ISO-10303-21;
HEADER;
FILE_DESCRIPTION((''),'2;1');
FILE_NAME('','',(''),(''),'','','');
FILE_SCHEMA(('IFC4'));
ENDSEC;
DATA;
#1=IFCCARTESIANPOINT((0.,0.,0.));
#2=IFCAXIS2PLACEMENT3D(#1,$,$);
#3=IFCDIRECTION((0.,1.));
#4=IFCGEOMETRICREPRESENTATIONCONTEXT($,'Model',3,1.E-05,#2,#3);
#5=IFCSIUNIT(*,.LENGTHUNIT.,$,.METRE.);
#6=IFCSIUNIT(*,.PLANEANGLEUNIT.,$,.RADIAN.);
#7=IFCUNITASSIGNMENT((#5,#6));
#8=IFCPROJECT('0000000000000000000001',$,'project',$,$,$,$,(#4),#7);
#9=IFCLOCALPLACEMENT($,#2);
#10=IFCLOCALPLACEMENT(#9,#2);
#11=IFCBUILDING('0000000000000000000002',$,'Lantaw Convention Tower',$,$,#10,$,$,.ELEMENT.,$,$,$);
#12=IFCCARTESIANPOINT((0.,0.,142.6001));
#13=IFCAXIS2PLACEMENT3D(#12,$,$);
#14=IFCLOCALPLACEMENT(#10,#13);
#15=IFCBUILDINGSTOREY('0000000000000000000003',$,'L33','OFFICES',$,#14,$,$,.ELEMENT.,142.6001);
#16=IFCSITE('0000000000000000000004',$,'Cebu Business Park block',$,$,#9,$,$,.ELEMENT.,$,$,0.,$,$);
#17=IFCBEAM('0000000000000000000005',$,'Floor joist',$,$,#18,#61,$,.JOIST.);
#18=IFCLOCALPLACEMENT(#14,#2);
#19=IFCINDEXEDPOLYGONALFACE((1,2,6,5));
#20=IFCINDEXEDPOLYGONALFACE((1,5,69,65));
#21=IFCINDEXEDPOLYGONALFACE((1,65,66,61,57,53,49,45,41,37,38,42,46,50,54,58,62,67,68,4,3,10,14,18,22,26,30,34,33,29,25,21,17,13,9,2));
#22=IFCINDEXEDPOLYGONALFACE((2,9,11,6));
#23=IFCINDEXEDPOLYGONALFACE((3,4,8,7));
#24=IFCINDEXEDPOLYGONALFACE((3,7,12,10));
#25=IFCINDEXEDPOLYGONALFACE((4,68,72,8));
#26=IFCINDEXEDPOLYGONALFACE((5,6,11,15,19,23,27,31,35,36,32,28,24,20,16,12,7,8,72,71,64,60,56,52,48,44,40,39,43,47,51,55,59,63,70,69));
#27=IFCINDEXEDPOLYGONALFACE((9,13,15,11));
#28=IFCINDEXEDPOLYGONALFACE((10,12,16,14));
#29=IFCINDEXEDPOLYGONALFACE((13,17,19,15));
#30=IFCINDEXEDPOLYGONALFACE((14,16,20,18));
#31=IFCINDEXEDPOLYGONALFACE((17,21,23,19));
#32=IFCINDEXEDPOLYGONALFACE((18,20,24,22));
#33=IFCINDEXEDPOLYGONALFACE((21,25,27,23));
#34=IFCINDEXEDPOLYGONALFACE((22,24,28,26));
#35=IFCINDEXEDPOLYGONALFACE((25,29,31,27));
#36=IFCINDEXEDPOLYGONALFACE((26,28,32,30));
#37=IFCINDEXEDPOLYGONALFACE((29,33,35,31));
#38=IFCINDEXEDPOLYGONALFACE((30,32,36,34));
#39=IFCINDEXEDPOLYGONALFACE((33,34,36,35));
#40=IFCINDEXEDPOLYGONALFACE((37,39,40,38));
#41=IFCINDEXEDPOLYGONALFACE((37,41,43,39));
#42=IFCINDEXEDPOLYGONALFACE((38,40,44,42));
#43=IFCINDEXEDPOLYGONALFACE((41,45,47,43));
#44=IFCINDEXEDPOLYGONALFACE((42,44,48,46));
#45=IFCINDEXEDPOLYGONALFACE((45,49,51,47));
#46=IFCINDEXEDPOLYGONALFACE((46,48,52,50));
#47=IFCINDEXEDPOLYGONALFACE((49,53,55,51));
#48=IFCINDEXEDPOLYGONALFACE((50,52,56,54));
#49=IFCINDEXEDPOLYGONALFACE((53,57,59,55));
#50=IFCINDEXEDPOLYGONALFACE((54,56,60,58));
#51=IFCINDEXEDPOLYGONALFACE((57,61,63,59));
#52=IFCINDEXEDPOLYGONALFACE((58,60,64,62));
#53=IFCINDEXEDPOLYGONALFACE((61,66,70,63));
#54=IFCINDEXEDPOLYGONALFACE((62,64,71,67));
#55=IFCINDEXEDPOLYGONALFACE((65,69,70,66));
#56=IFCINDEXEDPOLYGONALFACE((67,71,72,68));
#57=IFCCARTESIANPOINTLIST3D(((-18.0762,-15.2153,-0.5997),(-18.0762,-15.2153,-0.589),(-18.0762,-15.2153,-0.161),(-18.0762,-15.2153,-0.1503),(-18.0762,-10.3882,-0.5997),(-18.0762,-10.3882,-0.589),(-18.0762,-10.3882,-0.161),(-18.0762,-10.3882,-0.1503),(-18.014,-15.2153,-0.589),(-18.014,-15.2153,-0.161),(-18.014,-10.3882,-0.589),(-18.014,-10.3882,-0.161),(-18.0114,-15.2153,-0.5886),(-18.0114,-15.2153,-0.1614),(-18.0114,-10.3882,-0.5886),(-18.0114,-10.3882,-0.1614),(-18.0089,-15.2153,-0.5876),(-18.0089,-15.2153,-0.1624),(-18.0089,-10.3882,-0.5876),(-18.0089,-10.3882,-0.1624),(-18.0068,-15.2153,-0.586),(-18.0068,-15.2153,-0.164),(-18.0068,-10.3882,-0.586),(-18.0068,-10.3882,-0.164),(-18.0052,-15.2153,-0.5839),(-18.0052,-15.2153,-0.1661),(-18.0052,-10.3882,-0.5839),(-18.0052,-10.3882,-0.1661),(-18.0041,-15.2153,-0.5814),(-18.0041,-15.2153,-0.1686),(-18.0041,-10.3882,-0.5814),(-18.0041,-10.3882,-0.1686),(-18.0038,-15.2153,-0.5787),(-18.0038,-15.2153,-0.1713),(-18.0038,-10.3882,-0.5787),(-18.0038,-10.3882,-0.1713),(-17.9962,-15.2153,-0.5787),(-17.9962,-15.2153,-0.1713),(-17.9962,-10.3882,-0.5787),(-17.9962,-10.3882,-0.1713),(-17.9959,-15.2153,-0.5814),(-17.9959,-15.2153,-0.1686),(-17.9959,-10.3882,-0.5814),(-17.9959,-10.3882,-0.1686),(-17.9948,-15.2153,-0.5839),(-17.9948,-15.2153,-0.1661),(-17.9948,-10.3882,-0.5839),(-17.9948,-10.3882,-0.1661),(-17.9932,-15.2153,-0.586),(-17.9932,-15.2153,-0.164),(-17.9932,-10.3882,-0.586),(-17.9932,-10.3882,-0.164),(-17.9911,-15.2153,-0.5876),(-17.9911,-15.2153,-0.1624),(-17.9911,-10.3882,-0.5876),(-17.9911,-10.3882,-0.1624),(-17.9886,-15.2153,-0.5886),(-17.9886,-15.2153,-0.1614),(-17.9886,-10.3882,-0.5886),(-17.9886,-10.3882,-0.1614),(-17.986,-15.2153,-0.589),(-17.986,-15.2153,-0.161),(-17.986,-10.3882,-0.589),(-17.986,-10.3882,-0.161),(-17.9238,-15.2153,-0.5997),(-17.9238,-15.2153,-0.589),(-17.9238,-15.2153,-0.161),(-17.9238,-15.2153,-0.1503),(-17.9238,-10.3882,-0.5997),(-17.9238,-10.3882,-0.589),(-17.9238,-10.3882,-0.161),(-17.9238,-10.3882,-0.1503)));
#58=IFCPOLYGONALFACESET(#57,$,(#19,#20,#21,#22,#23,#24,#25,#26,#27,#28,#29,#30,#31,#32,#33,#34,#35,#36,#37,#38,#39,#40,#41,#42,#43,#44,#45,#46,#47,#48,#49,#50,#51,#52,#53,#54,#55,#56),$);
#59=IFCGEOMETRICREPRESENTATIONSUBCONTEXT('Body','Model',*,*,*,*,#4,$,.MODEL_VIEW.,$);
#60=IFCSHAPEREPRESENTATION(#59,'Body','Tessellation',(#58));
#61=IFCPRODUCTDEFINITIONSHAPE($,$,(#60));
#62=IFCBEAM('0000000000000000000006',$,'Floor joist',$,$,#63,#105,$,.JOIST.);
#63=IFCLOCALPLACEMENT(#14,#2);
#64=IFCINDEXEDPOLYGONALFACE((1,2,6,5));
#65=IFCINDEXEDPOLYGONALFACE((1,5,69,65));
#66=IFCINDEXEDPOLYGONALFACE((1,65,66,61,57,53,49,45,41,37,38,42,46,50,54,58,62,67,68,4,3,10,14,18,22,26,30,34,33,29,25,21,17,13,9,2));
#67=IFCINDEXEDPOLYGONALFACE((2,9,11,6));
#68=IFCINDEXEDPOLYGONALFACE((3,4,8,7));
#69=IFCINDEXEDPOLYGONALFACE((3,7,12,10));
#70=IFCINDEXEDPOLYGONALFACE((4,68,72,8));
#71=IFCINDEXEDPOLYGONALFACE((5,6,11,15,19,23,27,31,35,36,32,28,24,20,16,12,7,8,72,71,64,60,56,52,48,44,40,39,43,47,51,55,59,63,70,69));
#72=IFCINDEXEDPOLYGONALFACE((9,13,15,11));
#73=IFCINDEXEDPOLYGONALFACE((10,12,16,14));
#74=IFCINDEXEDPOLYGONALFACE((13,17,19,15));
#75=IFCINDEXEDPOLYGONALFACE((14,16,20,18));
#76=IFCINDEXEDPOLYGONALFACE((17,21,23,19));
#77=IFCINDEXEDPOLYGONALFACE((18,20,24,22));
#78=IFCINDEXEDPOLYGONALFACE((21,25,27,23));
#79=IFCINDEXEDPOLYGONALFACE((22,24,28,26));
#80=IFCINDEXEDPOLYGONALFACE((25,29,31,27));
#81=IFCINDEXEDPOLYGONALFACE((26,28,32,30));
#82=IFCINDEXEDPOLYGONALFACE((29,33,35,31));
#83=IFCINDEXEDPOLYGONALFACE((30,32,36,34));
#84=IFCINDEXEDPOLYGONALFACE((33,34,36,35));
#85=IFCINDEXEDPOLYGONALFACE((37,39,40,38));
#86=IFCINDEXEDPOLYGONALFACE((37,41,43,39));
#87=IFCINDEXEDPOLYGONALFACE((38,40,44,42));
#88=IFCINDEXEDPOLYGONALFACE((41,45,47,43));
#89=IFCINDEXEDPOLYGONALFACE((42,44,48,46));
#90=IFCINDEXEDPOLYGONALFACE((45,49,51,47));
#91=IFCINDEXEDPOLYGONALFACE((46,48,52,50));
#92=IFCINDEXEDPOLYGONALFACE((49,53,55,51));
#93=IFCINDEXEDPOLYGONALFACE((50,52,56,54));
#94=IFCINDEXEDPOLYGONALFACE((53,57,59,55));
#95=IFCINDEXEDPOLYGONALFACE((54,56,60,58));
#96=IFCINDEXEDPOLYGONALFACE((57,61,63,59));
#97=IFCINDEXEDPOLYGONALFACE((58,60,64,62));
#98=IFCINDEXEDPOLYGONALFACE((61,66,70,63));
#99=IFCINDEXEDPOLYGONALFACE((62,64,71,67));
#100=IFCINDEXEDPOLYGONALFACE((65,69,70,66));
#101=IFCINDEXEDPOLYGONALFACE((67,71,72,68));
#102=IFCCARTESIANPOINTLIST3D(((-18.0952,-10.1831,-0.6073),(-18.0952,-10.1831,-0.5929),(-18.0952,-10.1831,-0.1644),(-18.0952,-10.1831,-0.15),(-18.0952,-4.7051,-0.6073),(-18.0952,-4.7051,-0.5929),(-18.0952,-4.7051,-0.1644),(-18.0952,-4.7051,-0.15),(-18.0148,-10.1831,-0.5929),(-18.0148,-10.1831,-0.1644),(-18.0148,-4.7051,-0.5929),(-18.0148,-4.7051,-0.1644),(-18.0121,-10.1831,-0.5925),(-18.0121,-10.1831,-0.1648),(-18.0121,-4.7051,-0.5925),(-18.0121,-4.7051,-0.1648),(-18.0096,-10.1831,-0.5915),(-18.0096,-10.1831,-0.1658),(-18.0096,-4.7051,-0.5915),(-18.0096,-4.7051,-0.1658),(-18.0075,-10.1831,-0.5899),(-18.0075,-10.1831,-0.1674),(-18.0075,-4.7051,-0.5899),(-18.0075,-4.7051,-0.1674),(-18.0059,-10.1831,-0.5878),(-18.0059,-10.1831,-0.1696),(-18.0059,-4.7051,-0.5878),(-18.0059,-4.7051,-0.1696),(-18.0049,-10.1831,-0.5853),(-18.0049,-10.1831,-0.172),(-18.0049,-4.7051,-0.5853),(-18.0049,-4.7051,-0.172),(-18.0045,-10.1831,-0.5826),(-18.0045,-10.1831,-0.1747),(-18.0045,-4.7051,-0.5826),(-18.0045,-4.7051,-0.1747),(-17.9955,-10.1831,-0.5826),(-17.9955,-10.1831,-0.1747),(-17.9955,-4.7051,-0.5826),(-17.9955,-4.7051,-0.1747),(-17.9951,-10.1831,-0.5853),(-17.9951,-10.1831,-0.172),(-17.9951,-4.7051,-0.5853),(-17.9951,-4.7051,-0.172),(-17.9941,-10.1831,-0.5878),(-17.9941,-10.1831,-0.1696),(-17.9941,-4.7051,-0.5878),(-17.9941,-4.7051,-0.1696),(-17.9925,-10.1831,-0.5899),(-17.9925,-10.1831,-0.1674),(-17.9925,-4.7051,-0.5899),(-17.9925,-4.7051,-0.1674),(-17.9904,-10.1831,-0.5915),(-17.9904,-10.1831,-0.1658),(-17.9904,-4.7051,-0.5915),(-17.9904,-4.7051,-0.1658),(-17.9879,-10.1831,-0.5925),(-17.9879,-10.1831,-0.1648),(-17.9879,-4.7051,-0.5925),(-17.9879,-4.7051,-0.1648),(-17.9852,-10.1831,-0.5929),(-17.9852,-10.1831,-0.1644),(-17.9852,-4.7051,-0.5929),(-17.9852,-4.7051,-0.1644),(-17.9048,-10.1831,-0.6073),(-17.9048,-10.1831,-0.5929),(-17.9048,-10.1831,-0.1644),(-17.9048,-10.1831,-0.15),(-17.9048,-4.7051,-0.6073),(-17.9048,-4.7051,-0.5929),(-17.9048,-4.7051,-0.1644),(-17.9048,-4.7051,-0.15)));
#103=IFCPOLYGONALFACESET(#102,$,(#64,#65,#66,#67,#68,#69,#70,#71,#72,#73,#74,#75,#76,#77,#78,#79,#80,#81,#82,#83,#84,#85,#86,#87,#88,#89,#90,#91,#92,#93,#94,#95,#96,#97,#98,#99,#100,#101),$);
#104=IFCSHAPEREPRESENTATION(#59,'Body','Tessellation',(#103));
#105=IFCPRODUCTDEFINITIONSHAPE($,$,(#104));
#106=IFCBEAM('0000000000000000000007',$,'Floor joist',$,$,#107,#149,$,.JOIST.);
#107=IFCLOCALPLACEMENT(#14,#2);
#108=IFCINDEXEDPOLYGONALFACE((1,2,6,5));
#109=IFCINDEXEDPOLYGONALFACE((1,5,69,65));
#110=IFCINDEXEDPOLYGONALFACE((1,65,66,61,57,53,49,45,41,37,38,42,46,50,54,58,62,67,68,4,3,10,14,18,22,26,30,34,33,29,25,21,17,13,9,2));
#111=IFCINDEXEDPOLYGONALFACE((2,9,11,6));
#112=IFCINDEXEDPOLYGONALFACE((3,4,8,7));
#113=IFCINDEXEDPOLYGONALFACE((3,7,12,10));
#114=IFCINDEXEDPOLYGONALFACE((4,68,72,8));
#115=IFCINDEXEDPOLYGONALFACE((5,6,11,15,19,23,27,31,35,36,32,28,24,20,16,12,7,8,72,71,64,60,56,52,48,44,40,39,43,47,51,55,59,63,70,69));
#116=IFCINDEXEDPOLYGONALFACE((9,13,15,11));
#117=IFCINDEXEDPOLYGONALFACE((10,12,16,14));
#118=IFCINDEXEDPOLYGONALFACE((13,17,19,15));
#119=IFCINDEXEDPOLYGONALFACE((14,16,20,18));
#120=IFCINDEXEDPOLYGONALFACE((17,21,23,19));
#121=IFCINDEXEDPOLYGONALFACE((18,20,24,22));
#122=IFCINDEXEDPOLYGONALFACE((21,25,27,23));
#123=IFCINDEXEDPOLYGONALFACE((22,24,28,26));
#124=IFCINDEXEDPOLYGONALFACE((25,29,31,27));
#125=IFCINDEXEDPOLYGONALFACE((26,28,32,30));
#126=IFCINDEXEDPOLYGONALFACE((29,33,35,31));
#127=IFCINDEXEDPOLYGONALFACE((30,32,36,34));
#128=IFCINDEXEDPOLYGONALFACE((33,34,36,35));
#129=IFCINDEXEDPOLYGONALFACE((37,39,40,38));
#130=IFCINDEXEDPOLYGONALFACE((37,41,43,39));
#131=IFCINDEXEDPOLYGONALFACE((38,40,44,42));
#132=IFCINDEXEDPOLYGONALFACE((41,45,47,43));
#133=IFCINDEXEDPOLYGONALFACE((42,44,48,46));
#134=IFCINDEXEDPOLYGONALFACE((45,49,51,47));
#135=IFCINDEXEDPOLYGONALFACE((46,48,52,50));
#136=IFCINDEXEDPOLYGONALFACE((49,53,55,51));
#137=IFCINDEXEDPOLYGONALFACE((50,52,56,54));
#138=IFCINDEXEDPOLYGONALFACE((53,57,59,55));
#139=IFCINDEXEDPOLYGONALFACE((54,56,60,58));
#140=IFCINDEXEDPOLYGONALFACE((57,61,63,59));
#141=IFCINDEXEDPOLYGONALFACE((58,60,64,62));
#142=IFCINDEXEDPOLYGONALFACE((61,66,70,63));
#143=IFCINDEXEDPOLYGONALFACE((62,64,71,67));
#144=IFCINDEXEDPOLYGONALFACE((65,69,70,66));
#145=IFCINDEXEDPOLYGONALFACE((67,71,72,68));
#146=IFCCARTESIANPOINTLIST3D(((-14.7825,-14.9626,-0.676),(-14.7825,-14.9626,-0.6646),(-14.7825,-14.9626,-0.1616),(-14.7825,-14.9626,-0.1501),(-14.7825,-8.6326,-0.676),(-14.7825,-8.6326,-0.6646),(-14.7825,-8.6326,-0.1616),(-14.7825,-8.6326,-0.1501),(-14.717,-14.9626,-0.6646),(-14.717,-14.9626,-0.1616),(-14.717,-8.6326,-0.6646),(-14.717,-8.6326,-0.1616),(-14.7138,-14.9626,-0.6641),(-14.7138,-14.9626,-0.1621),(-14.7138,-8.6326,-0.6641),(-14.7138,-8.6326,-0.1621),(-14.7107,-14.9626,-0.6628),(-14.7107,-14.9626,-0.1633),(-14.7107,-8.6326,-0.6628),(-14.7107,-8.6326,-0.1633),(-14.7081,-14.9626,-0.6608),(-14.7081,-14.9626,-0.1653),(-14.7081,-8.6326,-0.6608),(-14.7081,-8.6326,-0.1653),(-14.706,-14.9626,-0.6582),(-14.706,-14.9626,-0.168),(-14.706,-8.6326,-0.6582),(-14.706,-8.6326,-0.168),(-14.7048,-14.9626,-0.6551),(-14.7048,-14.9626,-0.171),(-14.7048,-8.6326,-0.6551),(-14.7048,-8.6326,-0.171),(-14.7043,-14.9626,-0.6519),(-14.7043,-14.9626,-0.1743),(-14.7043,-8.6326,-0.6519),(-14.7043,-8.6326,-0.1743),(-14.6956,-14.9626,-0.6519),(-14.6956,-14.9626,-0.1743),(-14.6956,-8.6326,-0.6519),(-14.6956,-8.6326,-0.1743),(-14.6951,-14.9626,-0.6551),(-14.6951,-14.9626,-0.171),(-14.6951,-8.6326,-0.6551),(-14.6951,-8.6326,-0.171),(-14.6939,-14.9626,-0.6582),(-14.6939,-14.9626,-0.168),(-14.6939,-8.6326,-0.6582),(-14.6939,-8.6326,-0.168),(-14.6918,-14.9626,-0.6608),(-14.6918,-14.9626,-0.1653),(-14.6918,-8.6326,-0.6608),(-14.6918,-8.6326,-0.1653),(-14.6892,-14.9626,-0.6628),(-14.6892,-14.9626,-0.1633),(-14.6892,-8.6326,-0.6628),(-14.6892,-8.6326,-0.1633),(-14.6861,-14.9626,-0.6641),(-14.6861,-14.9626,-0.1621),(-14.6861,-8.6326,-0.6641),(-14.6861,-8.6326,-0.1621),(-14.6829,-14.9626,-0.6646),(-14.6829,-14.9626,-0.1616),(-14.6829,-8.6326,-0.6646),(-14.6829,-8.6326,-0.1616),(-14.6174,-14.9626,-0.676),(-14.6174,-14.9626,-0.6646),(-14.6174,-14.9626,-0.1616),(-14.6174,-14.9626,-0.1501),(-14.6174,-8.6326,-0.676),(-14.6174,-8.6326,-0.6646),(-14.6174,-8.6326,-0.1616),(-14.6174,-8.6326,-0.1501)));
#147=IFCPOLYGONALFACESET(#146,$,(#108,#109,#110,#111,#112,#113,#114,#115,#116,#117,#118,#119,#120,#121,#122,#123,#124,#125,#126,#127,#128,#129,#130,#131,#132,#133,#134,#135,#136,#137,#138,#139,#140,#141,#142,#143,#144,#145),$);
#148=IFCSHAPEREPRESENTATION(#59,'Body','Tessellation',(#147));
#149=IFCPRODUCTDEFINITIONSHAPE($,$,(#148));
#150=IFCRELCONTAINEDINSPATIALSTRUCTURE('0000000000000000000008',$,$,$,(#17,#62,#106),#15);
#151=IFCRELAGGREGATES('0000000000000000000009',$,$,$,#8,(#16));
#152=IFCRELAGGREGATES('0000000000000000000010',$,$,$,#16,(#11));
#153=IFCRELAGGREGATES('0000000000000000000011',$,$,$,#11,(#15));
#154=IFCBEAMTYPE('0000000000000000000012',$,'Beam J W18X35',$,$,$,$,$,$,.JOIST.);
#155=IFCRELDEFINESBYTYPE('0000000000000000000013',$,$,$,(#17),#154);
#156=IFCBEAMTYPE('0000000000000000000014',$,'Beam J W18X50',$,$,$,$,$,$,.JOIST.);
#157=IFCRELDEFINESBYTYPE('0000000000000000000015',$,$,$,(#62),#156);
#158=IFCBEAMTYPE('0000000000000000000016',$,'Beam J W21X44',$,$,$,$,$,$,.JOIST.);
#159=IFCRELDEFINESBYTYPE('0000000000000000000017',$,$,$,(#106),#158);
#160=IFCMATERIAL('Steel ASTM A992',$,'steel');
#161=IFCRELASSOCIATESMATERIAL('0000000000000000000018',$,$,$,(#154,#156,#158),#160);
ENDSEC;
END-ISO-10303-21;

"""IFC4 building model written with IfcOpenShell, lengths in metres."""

from ifc_helpers import new_model, si_unit, direction, frame, origin, origin_2d, place, context, subcontext, project, spatial, i_section, extrude, material, material_profile, profile_set, type_object, element, save


model = new_model("IFC4")

# Units and contexts
model_context = context("Model", 3, precision=1e-05, world=origin(), true_north=direction((0.0, 1.0)))
body_context = subcontext(model_context, "Body", "Model", "MODEL_VIEW")
ifc_project = project(units=[si_unit("LENGTHUNIT", "METRE"), si_unit("PLANEANGLEUNIT", "RADIAN")], contexts=[model_context])

# Site, building, storey
site_placement = place(None, origin())
site = spatial("IfcSite", under=ifc_project, at=site_placement, Name="Cebu Business Park block", CompositionType="ELEMENT", RefElevation=0.0)
building_placement = place(site_placement, origin())
building = spatial("IfcBuilding", under=site, at=building_placement, Name="Lantaw Convention Tower", CompositionType="ELEMENT")
storey_placement = place(building_placement, frame((0.0, 0.0, 142.6001)))
storey = spatial("IfcBuildingStorey", under=building, at=storey_placement, Name="L33", Description="OFFICES", CompositionType="ELEMENT", Elevation=142.6001)

# Beams
ifc_material_1 = material(Name="Steel ASTM A992", Category="steel")
ifc_material_profile_1 = material_profile(ifc_material_1, i_section(OverallWidth=0.1523, OverallDepth=0.4495, WebThickness=0.0076, FlangeThickness=0.0107, FilletRadius=0.0103, at=origin_2d()), Name="W18X35")
ifc_profile_set_1 = profile_set([ifc_material_profile_1], Name="Steel ASTM A992")
beam_type_1 = type_object("IfcBeamType", Name="Beam J W18X35", PredefinedType="JOIST", material=ifc_profile_set_1)
beam_1_placement = place(storey_placement, frame((-18.0, -15.2153, -0.375), z_axis=(0.0, 1.0, 0.0), x_axis=(-1.0, 0.0, 0.0)))
element("IfcBeam", 1, at=beam_1_placement, inside=storey, type_object=beam_type_1, Name="Floor joist", PredefinedType="JOIST", context=body_context, shape_type="SweptSolid", body=[
    extrude(i_section(OverallWidth=0.1523, OverallDepth=0.4495, WebThickness=0.0076, FlangeThickness=0.0107, FilletRadius=0.0103, at=origin_2d()), origin(), (0.0, 0.0, 1.0), 4.8271),
])
ifc_material_profile_2 = material_profile(ifc_material_1, i_section(OverallWidth=0.1904, OverallDepth=0.4573, WebThickness=0.009, FlangeThickness=0.0144, FilletRadius=0.0103, at=origin_2d()), Name="W18X50")
ifc_profile_set_2 = profile_set([ifc_material_profile_2], Name="Steel ASTM A992")
beam_type_2 = type_object("IfcBeamType", Name="Beam J W18X50", PredefinedType="JOIST", material=ifc_profile_set_2)
beam_2_placement = place(storey_placement, frame((-18.0, -10.1831, -0.3787), z_axis=(0.0, 1.0, 0.0), x_axis=(-1.0, 0.0, 0.0)))
element("IfcBeam", 2, at=beam_2_placement, inside=storey, type_object=beam_type_2, Name="Floor joist", PredefinedType="JOIST", context=body_context, shape_type="SweptSolid", body=[
    extrude(i_section(OverallWidth=0.1904, OverallDepth=0.4573, WebThickness=0.009, FlangeThickness=0.0144, FilletRadius=0.0103, at=origin_2d()), origin(), (0.0, 0.0, 1.0), 5.478),
])
ifc_material_profile_3 = material_profile(ifc_material_1, i_section(OverallWidth=0.165, OverallDepth=0.5259, WebThickness=0.0088, FlangeThickness=0.0115, FilletRadius=0.0127, at=origin_2d()), Name="W21X44")
ifc_profile_set_3 = profile_set([ifc_material_profile_3], Name="Steel ASTM A992")
beam_type_3 = type_object("IfcBeamType", Name="Beam J W21X44", PredefinedType="JOIST", material=ifc_profile_set_3)
beam_3_placement = place(storey_placement, frame((-14.7, -14.9626, -0.4131), z_axis=(0.0, 1.0, 0.0), x_axis=(-1.0, 0.0, 0.0)))
element("IfcBeam", 3, at=beam_3_placement, inside=storey, type_object=beam_type_3, Name="Floor joist", PredefinedType="JOIST", context=body_context, shape_type="SweptSolid", body=[
    extrude(i_section(OverallWidth=0.165, OverallDepth=0.5259, WebThickness=0.0088, FlangeThickness=0.0115, FilletRadius=0.0127, at=origin_2d()), origin(), (0.0, 0.0, 1.0), 6.3301),
])

save(model, "model.ifc")
